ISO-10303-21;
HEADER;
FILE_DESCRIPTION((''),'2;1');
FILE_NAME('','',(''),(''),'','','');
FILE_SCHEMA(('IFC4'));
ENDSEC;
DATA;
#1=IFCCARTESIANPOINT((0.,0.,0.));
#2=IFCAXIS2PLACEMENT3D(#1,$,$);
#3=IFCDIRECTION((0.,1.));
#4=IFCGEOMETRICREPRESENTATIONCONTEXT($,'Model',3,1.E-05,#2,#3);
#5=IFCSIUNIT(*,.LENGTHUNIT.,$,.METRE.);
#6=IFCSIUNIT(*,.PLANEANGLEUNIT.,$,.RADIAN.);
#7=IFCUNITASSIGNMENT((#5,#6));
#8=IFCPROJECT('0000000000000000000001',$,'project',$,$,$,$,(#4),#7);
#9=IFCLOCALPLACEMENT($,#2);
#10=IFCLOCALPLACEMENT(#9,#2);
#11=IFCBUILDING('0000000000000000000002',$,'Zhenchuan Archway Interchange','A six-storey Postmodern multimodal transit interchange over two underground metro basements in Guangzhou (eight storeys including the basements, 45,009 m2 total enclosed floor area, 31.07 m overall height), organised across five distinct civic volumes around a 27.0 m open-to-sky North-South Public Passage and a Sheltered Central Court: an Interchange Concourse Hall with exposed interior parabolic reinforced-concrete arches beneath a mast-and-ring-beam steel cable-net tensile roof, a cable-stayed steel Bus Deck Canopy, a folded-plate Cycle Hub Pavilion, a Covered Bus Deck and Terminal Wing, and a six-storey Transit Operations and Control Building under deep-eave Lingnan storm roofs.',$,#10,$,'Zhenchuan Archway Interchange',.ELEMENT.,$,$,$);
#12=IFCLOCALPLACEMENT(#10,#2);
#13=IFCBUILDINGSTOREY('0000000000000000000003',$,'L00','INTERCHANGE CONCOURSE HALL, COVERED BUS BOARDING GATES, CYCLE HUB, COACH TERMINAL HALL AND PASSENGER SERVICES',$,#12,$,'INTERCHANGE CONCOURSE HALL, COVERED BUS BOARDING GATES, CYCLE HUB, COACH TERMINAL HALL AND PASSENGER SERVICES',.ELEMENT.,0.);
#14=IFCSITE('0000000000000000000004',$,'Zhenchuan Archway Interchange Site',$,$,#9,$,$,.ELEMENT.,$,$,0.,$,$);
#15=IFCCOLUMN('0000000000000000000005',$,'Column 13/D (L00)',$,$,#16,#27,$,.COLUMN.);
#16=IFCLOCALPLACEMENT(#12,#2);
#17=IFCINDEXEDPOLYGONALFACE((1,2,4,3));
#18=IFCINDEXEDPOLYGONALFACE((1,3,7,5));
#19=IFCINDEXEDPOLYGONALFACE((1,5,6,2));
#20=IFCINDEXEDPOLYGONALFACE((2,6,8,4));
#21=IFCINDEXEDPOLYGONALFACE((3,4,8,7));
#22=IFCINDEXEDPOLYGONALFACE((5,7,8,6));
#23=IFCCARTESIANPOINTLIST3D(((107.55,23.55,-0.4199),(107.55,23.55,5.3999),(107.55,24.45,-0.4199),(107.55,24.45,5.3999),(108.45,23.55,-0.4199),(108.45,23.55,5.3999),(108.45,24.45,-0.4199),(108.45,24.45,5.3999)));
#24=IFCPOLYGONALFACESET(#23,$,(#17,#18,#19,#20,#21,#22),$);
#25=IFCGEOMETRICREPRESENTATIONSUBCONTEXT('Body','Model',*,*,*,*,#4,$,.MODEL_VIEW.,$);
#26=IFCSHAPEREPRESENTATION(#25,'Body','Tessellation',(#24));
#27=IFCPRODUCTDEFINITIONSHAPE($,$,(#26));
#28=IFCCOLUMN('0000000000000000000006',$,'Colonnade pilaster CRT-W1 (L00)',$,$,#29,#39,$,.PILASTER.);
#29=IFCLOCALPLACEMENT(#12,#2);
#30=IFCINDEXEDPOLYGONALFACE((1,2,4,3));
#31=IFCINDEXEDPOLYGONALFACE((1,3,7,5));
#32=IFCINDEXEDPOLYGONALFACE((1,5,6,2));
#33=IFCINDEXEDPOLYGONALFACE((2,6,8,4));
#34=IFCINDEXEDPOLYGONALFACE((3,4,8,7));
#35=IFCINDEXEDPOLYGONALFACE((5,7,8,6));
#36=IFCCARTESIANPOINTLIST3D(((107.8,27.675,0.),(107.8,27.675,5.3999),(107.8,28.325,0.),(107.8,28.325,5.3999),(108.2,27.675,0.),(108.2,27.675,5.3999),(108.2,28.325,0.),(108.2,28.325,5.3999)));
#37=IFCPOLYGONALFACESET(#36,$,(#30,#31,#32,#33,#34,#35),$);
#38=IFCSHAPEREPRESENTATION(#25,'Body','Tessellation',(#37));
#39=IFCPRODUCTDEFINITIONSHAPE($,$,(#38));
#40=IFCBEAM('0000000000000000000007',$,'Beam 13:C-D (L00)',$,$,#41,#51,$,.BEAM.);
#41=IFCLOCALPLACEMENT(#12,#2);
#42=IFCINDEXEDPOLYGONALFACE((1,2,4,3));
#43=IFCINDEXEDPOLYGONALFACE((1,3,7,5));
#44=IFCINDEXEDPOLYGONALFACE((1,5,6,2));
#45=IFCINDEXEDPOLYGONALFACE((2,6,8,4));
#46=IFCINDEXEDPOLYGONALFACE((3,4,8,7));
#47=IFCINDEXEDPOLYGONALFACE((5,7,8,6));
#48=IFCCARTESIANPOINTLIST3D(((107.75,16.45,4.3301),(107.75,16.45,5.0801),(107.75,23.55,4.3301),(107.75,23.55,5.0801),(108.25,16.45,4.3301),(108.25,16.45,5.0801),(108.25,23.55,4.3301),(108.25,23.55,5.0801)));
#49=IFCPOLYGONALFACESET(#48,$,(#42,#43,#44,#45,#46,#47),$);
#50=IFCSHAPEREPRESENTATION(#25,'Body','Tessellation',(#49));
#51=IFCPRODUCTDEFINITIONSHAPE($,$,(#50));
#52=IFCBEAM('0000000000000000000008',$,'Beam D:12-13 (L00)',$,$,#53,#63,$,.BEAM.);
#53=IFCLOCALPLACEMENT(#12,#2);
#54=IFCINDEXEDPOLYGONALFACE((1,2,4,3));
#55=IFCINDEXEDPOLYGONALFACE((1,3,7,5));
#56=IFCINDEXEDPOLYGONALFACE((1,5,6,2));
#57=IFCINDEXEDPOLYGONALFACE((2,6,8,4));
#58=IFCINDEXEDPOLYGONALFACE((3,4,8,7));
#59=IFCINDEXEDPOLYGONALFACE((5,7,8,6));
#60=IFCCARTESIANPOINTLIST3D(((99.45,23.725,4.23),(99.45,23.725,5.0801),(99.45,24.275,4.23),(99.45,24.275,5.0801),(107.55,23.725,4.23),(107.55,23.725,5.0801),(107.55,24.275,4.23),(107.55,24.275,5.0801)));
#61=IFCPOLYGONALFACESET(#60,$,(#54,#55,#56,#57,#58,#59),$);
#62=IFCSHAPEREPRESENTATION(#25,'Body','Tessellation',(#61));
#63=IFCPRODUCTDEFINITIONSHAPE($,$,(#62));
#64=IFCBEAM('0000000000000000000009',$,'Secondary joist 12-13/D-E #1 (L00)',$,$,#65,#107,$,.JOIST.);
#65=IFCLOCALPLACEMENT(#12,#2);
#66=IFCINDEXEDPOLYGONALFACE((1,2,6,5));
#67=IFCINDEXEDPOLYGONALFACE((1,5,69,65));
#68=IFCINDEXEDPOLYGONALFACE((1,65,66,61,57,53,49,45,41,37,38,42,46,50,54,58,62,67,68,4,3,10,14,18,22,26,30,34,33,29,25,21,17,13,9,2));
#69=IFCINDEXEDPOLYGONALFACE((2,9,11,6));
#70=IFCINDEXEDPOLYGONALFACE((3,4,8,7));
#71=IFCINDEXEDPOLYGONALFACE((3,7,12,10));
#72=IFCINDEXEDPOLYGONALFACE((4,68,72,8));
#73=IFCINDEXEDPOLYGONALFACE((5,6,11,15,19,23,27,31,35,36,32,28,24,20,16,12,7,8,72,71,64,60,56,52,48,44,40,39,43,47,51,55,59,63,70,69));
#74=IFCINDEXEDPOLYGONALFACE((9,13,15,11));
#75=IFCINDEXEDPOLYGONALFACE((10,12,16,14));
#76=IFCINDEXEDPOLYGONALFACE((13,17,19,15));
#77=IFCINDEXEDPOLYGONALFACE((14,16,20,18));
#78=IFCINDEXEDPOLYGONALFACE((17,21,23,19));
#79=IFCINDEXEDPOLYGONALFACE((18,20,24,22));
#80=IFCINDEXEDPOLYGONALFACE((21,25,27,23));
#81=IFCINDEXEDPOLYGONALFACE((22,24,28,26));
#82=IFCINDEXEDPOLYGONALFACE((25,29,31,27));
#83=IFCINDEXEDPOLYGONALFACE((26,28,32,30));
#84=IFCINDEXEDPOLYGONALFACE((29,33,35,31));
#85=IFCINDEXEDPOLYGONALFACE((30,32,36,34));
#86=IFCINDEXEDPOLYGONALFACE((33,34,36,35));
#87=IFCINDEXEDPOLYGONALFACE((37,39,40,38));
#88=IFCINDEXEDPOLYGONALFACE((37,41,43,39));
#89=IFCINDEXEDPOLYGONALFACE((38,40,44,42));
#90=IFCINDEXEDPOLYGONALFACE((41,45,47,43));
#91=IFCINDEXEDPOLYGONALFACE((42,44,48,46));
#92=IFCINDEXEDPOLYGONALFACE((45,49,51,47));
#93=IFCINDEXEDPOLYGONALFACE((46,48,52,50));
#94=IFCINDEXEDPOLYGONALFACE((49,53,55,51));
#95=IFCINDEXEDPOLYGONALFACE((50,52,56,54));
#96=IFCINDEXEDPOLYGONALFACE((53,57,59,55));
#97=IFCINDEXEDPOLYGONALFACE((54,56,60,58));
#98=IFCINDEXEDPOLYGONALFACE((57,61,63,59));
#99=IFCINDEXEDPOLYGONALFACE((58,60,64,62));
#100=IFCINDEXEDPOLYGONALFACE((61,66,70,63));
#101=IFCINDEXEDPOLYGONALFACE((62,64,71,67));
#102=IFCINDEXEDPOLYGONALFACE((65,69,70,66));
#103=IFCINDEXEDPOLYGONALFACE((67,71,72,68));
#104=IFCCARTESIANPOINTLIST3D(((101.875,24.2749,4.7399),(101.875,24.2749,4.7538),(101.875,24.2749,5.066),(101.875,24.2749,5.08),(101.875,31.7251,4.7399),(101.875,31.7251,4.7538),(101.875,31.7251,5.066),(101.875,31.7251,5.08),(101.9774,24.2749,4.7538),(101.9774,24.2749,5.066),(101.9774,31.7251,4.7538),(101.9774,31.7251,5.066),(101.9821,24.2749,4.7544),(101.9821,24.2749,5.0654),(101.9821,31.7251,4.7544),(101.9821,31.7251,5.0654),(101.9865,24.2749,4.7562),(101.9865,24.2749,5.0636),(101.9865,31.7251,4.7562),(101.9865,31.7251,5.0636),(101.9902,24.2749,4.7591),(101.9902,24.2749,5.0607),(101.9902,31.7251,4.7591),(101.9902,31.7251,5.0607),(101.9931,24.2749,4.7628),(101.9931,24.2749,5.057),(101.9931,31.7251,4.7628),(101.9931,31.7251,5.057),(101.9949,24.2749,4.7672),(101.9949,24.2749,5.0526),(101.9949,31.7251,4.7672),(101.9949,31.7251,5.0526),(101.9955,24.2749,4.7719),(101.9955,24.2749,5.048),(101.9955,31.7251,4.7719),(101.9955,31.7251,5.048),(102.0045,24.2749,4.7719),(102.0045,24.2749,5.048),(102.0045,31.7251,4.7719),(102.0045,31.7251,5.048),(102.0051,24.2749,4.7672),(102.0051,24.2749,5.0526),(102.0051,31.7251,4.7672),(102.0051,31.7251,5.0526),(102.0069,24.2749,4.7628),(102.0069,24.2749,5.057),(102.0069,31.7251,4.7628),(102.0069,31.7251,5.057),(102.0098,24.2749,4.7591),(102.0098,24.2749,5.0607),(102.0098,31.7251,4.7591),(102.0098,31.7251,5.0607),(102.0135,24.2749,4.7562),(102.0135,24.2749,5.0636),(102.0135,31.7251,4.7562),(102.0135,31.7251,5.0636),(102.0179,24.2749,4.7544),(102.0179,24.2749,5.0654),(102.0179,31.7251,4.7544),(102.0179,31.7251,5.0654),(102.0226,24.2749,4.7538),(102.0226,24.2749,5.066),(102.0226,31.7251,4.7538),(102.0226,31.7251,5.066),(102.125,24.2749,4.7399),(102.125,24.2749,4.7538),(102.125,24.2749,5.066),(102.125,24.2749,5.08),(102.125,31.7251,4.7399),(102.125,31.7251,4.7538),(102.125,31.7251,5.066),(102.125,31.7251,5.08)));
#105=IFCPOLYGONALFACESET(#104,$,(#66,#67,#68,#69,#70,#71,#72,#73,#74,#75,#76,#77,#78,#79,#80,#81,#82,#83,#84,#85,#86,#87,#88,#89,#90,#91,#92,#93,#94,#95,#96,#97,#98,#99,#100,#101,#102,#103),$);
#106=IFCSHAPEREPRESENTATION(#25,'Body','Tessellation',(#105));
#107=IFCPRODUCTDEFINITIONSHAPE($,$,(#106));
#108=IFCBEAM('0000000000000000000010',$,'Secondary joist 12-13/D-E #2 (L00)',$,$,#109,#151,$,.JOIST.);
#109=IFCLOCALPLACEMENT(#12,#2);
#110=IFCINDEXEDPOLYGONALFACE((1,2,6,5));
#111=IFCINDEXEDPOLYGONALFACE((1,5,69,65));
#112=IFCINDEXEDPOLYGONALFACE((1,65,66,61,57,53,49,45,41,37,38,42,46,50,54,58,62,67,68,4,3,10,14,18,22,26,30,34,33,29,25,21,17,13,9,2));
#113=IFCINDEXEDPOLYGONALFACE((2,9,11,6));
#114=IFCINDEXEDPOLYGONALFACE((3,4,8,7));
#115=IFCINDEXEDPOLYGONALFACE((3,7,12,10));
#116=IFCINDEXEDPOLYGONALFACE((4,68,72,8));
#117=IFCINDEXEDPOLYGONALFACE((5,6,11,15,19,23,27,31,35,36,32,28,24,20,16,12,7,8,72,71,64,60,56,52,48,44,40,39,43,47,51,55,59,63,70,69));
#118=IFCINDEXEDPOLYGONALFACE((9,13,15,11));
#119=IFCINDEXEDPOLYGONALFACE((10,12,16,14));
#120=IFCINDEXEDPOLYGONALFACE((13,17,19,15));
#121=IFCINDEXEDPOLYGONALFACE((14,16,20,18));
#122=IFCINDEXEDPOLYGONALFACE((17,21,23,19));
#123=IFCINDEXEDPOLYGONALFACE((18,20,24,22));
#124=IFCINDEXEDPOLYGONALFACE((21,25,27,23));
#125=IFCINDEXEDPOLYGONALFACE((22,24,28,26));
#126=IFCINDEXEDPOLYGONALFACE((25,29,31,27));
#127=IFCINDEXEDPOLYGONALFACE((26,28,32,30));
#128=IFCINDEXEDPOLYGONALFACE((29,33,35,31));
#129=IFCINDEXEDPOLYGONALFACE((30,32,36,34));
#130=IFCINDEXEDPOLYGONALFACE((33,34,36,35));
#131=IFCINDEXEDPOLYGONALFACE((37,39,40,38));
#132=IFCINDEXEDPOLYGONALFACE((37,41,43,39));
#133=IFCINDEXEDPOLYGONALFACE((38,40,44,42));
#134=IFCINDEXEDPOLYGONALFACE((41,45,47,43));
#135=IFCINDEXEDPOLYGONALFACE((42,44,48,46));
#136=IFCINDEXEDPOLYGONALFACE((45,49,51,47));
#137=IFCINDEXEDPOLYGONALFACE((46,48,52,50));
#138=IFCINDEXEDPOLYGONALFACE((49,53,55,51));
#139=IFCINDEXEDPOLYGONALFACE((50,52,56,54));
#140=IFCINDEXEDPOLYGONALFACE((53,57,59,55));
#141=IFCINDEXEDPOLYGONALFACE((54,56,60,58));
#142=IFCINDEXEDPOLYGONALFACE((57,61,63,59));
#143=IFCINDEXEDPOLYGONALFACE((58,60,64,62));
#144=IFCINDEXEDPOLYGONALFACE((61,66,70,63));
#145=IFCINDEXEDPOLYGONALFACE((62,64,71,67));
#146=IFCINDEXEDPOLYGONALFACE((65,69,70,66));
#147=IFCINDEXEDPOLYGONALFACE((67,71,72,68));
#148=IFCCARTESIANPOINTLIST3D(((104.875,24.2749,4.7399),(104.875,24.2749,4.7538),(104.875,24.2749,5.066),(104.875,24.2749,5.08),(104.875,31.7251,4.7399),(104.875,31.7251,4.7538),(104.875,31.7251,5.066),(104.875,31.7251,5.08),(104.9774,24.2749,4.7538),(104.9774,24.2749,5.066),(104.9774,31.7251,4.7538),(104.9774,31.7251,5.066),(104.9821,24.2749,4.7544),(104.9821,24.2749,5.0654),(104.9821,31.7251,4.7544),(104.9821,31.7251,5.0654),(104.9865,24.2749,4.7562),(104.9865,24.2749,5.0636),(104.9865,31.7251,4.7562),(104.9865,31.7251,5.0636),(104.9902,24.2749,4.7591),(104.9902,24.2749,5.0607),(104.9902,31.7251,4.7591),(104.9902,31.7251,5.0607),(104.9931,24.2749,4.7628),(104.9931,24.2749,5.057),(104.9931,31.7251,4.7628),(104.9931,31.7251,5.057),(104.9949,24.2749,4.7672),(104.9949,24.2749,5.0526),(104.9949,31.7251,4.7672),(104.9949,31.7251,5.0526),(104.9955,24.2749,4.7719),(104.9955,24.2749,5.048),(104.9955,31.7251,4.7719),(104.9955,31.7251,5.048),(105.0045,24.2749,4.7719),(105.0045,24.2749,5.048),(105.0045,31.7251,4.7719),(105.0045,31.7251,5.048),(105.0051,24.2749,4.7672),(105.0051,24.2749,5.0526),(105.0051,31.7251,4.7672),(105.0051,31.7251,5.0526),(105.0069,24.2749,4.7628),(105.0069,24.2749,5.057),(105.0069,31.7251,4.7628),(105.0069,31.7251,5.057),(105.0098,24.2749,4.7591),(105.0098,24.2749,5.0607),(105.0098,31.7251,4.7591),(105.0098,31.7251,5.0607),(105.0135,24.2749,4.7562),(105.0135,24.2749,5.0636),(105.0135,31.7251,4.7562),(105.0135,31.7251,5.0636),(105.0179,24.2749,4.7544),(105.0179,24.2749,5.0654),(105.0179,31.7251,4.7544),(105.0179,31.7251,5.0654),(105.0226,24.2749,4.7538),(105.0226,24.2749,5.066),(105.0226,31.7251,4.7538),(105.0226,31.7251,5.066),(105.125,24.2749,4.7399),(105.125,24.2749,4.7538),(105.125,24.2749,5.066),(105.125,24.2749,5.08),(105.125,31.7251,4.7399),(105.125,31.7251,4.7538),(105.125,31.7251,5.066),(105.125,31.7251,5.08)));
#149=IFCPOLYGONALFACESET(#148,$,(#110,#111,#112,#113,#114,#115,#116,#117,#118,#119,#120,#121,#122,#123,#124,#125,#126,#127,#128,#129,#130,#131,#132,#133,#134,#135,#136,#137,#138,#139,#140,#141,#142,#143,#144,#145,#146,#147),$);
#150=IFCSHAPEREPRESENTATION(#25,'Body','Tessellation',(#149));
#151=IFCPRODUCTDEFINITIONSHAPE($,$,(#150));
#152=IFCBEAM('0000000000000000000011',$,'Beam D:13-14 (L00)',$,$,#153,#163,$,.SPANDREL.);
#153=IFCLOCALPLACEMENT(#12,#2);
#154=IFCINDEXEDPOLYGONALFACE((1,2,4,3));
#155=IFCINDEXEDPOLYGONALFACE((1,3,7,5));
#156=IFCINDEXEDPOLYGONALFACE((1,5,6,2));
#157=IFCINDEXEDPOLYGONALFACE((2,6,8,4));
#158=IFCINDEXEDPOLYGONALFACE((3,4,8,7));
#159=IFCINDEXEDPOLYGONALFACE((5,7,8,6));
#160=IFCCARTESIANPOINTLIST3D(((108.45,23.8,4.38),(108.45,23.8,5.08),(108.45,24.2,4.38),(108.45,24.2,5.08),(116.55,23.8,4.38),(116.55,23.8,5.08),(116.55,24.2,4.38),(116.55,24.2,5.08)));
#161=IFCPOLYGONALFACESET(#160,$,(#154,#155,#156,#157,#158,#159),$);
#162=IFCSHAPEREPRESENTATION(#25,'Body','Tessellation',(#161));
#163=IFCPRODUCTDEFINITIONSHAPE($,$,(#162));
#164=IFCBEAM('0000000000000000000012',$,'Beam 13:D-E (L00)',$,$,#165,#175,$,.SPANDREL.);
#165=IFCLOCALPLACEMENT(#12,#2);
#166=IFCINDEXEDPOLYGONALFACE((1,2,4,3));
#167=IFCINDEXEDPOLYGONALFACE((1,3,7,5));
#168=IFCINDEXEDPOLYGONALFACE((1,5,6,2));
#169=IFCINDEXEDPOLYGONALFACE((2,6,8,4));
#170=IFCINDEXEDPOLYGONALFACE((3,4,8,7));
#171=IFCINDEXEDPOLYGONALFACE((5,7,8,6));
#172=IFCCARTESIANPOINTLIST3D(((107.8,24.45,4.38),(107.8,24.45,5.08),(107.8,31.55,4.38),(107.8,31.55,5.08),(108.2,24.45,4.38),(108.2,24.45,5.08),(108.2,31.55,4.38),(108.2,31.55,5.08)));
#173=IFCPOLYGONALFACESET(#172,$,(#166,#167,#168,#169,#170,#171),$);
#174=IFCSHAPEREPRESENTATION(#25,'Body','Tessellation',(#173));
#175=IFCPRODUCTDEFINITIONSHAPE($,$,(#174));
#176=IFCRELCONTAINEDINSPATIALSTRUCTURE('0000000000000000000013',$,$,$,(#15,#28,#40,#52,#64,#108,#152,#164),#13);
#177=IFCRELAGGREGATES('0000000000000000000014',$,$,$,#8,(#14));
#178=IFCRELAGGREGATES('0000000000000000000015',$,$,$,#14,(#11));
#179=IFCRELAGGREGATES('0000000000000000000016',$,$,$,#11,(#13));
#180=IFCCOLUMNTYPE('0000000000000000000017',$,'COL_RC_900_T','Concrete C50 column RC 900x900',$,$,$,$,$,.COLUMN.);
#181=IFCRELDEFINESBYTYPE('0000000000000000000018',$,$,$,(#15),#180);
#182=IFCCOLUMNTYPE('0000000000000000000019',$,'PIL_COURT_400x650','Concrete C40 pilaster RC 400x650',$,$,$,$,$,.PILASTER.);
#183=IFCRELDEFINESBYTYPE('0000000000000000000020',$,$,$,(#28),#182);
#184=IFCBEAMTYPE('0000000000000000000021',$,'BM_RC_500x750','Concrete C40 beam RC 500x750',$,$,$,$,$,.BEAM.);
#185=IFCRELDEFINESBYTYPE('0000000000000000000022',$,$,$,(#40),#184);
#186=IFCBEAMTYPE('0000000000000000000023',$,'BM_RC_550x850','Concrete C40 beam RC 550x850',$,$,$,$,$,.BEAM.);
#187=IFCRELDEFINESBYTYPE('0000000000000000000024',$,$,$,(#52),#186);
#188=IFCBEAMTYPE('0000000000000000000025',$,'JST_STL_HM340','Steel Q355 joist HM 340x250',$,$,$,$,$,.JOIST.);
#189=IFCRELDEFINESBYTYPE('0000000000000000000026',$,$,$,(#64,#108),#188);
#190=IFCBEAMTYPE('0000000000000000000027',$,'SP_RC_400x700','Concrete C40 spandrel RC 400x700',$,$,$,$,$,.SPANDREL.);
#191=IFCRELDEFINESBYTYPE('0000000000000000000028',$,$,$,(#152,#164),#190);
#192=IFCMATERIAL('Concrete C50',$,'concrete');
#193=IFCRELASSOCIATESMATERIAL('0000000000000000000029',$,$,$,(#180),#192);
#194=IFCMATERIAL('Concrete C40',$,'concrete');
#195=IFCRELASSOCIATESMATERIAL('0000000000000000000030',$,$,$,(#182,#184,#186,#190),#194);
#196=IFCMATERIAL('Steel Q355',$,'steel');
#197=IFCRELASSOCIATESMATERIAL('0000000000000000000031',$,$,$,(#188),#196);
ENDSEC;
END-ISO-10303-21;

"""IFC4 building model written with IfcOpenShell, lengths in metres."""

from ifc_helpers import new_model, si_unit, direction, frame, origin, origin_2d, place, context, subcontext, project, spatial, rectangle, i_section, extrude, material, material_profile, profile_set, type_object, element, save


model = new_model("IFC4")

# Units and contexts
model_context = context("Model", 3, precision=1e-05, world=origin(), true_north=direction((0.0, 1.0)))
body_context = subcontext(model_context, "Body", "Model", "MODEL_VIEW")
ifc_project = project(units=[si_unit("LENGTHUNIT", "METRE"), si_unit("PLANEANGLEUNIT", "RADIAN")], contexts=[model_context])

# Site, building, storey
site_placement = place(None, origin())
site = spatial("IfcSite", under=ifc_project, at=site_placement, Name="Zhenchuan Archway Interchange Site", CompositionType="ELEMENT", RefElevation=0.0)
building_placement = place(site_placement, origin())
building = spatial("IfcBuilding", under=site, at=building_placement, Name="Zhenchuan Archway Interchange", Description="A six-storey Postmodern multimodal transit interchange over two underground metro basements in Guangzhou (eight storeys including the basements, 45,009 m2 total enclosed floor area, 31.07 m overall height), organised across five distinct civic volumes around a 27.0 m open-to-sky North-South Public Passage and a Sheltered Central Court: an Interchange Concourse Hall with exposed interior parabolic reinforced-concrete arches beneath a mast-and-ring-beam steel cable-net tensile roof, a cable-stayed steel Bus Deck Canopy, a folded-plate Cycle Hub Pavilion, a Covered Bus Deck and Terminal Wing, and a six-storey Transit Operations and Control Building under deep-eave Lingnan storm roofs.", LongName="Zhenchuan Archway Interchange", CompositionType="ELEMENT")
storey_placement = place(building_placement, origin())
storey = spatial("IfcBuildingStorey", under=building, at=storey_placement, Name="L00", Description="INTERCHANGE CONCOURSE HALL, COVERED BUS BOARDING GATES, CYCLE HUB, COACH TERMINAL HALL AND PASSENGER SERVICES", LongName="INTERCHANGE CONCOURSE HALL, COVERED BUS BOARDING GATES, CYCLE HUB, COACH TERMINAL HALL AND PASSENGER SERVICES", CompositionType="ELEMENT", Elevation=0.0)

# Shared definitions
ifc_material_1 = material(Name="Concrete C40", Category="concrete")

# Columns
ifc_material_2 = material(Name="Concrete C50", Category="concrete")
ifc_material_profile_1 = material_profile(ifc_material_2, rectangle(XDim=0.8999, YDim=0.8999, at=origin_2d()), Name="RC 900x900")
ifc_profile_set_1 = profile_set([ifc_material_profile_1], Name="Concrete C50")
column_type_1 = type_object("IfcColumnType", Name="COL_RC_900_T", Description="Concrete C50 column RC 900x900", PredefinedType="COLUMN", material=ifc_profile_set_1)
column_1_placement = place(storey_placement, frame((108.0, 24.0, -0.4199), z_axis=(0.0, 0.0, 1.0), x_axis=(1.0, 0.0, 0.0)))
element("IfcColumn", 1, at=column_1_placement, inside=storey, type_object=column_type_1, Name="Column 13/D (L00)", PredefinedType="COLUMN", context=body_context, shape_type="SweptSolid", body=[
    extrude(rectangle(XDim=0.8999, YDim=0.8999, at=origin_2d()), origin(), (0.0, 0.0, 1.0), 5.8198),
])
ifc_material_profile_2 = material_profile(ifc_material_1, rectangle(XDim=0.3999, YDim=0.6499, at=origin_2d()), Name="RC 400x650")
ifc_profile_set_2 = profile_set([ifc_material_profile_2], Name="Concrete C40")
column_type_2 = type_object("IfcColumnType", Name="PIL_COURT_400x650", Description="Concrete C40 pilaster RC 400x650", PredefinedType="PILASTER", material=ifc_profile_set_2)
column_2_placement = place(storey_placement, frame((108.0, 28.0, 0.0), z_axis=(0.0, 0.0, 1.0), x_axis=(1.0, 0.0, 0.0)))
element("IfcColumn", 2, at=column_2_placement, inside=storey, type_object=column_type_2, Name="Colonnade pilaster CRT-W1 (L00)", PredefinedType="PILASTER", context=body_context, shape_type="SweptSolid", body=[
    extrude(rectangle(XDim=0.3999, YDim=0.6499, at=origin_2d()), origin(), (0.0, 0.0, 1.0), 5.3999),
])

# Beams
ifc_material_profile_3 = material_profile(ifc_material_1, rectangle(XDim=0.5, YDim=0.75, at=origin_2d()), Name="RC 500x750")
ifc_profile_set_3 = profile_set([ifc_material_profile_3], Name="Concrete C40")
beam_type_1 = type_object("IfcBeamType", Name="BM_RC_500x750", Description="Concrete C40 beam RC 500x750", PredefinedType="BEAM", material=ifc_profile_set_3)
beam_1_placement = place(storey_placement, frame((108.0, 16.45, 4.7051), z_axis=(0.0, 1.0, 0.0), x_axis=(-1.0, 0.0, 0.0)))
element("IfcBeam", 3, at=beam_1_placement, inside=storey, type_object=beam_type_1, Name="Beam 13:C-D (L00)", PredefinedType="BEAM", context=body_context, shape_type="SweptSolid", body=[
    extrude(rectangle(XDim=0.5, YDim=0.75, at=origin_2d()), origin(), (0.0, 0.0, 1.0), 7.1001),
])
ifc_material_profile_4 = material_profile(ifc_material_1, rectangle(XDim=0.55, YDim=0.8501, at=origin_2d()), Name="RC 550x850")
ifc_profile_set_4 = profile_set([ifc_material_profile_4], Name="Concrete C40")
beam_type_2 = type_object("IfcBeamType", Name="BM_RC_550x850", Description="Concrete C40 beam RC 550x850", PredefinedType="BEAM", material=ifc_profile_set_4)
beam_2_placement = place(storey_placement, frame((99.45, 24.0, 4.655), z_axis=(1.0, 0.0, 0.0), x_axis=(0.0, 1.0, 0.0)))
element("IfcBeam", 4, at=beam_2_placement, inside=storey, type_object=beam_type_2, Name="Beam D:12-13 (L00)", PredefinedType="BEAM", context=body_context, shape_type="SweptSolid", body=[
    extrude(rectangle(XDim=0.55, YDim=0.8501, at=origin_2d()), origin(), (0.0, 0.0, 1.0), 8.1001),
])
ifc_material_3 = material(Name="Steel Q355", Category="steel")
ifc_material_profile_5 = material_profile(ifc_material_3, i_section(OverallWidth=0.25, OverallDepth=0.3401, WebThickness=0.009, FlangeThickness=0.0139, FilletRadius=0.0181, at=origin_2d()), Name="HM 340x250")
ifc_profile_set_5 = profile_set([ifc_material_profile_5], Name="Steel Q355")
beam_type_3 = type_object("IfcBeamType", Name="JST_STL_HM340", Description="Steel Q355 joist HM 340x250", PredefinedType="JOIST", material=ifc_profile_set_5)
for number, where, z_axis, x_axis, name in (
    (5, (102.0, 24.2749, 4.9099), (0.0, 1.0, 0.0), (-1.0, 0.0, 0.0), "Secondary joist 12-13/D-E #1 (L00)"),
    (6, (105.0, 24.2749, 4.9099), (0.0, 1.0, 0.0), (-1.0, 0.0, 0.0), "Secondary joist 12-13/D-E #2 (L00)"),
):
    element("IfcBeam", number, at=place(storey_placement, frame(where, z_axis=z_axis, x_axis=x_axis)), inside=storey, type_object=beam_type_3, Name=name, PredefinedType="JOIST", context=body_context, shape_type="SweptSolid", body=[
        extrude(i_section(OverallWidth=0.25, OverallDepth=0.3401, WebThickness=0.009, FlangeThickness=0.0139, FilletRadius=0.0181, at=origin_2d()), origin(), (0.0, 0.0, 1.0), 7.4502),
    ])
ifc_material_profile_6 = material_profile(ifc_material_1, rectangle(XDim=0.3999, YDim=0.7, at=origin_2d()), Name="RC 400x700")
ifc_profile_set_6 = profile_set([ifc_material_profile_6], Name="Concrete C40")
beam_type_4 = type_object("IfcBeamType", Name="SP_RC_400x700", Description="Concrete C40 spandrel RC 400x700", PredefinedType="SPANDREL", material=ifc_profile_set_6)
beam_3_placement = place(storey_placement, frame((108.45, 24.0, 4.73), z_axis=(1.0, 0.0, 0.0), x_axis=(0.0, 1.0, 0.0)))
element("IfcBeam", 7, at=beam_3_placement, inside=storey, type_object=beam_type_4, Name="Beam D:13-14 (L00)", PredefinedType="SPANDREL", context=body_context, shape_type="SweptSolid", body=[
    extrude(rectangle(XDim=0.3999, YDim=0.7, at=origin_2d()), origin(), (0.0, 0.0, 1.0), 8.1001),
])
beam_4_placement = place(storey_placement, frame((108.0, 24.45, 4.73), z_axis=(0.0, 1.0, 0.0), x_axis=(-1.0, 0.0, 0.0)))
element("IfcBeam", 8, at=beam_4_placement, inside=storey, type_object=beam_type_4, Name="Beam 13:D-E (L00)", PredefinedType="SPANDREL", context=body_context, shape_type="SweptSolid", body=[
    extrude(rectangle(XDim=0.3999, YDim=0.7, at=origin_2d()), origin(), (0.0, 0.0, 1.0), 7.1001),
])

save(model, "model.ifc")
